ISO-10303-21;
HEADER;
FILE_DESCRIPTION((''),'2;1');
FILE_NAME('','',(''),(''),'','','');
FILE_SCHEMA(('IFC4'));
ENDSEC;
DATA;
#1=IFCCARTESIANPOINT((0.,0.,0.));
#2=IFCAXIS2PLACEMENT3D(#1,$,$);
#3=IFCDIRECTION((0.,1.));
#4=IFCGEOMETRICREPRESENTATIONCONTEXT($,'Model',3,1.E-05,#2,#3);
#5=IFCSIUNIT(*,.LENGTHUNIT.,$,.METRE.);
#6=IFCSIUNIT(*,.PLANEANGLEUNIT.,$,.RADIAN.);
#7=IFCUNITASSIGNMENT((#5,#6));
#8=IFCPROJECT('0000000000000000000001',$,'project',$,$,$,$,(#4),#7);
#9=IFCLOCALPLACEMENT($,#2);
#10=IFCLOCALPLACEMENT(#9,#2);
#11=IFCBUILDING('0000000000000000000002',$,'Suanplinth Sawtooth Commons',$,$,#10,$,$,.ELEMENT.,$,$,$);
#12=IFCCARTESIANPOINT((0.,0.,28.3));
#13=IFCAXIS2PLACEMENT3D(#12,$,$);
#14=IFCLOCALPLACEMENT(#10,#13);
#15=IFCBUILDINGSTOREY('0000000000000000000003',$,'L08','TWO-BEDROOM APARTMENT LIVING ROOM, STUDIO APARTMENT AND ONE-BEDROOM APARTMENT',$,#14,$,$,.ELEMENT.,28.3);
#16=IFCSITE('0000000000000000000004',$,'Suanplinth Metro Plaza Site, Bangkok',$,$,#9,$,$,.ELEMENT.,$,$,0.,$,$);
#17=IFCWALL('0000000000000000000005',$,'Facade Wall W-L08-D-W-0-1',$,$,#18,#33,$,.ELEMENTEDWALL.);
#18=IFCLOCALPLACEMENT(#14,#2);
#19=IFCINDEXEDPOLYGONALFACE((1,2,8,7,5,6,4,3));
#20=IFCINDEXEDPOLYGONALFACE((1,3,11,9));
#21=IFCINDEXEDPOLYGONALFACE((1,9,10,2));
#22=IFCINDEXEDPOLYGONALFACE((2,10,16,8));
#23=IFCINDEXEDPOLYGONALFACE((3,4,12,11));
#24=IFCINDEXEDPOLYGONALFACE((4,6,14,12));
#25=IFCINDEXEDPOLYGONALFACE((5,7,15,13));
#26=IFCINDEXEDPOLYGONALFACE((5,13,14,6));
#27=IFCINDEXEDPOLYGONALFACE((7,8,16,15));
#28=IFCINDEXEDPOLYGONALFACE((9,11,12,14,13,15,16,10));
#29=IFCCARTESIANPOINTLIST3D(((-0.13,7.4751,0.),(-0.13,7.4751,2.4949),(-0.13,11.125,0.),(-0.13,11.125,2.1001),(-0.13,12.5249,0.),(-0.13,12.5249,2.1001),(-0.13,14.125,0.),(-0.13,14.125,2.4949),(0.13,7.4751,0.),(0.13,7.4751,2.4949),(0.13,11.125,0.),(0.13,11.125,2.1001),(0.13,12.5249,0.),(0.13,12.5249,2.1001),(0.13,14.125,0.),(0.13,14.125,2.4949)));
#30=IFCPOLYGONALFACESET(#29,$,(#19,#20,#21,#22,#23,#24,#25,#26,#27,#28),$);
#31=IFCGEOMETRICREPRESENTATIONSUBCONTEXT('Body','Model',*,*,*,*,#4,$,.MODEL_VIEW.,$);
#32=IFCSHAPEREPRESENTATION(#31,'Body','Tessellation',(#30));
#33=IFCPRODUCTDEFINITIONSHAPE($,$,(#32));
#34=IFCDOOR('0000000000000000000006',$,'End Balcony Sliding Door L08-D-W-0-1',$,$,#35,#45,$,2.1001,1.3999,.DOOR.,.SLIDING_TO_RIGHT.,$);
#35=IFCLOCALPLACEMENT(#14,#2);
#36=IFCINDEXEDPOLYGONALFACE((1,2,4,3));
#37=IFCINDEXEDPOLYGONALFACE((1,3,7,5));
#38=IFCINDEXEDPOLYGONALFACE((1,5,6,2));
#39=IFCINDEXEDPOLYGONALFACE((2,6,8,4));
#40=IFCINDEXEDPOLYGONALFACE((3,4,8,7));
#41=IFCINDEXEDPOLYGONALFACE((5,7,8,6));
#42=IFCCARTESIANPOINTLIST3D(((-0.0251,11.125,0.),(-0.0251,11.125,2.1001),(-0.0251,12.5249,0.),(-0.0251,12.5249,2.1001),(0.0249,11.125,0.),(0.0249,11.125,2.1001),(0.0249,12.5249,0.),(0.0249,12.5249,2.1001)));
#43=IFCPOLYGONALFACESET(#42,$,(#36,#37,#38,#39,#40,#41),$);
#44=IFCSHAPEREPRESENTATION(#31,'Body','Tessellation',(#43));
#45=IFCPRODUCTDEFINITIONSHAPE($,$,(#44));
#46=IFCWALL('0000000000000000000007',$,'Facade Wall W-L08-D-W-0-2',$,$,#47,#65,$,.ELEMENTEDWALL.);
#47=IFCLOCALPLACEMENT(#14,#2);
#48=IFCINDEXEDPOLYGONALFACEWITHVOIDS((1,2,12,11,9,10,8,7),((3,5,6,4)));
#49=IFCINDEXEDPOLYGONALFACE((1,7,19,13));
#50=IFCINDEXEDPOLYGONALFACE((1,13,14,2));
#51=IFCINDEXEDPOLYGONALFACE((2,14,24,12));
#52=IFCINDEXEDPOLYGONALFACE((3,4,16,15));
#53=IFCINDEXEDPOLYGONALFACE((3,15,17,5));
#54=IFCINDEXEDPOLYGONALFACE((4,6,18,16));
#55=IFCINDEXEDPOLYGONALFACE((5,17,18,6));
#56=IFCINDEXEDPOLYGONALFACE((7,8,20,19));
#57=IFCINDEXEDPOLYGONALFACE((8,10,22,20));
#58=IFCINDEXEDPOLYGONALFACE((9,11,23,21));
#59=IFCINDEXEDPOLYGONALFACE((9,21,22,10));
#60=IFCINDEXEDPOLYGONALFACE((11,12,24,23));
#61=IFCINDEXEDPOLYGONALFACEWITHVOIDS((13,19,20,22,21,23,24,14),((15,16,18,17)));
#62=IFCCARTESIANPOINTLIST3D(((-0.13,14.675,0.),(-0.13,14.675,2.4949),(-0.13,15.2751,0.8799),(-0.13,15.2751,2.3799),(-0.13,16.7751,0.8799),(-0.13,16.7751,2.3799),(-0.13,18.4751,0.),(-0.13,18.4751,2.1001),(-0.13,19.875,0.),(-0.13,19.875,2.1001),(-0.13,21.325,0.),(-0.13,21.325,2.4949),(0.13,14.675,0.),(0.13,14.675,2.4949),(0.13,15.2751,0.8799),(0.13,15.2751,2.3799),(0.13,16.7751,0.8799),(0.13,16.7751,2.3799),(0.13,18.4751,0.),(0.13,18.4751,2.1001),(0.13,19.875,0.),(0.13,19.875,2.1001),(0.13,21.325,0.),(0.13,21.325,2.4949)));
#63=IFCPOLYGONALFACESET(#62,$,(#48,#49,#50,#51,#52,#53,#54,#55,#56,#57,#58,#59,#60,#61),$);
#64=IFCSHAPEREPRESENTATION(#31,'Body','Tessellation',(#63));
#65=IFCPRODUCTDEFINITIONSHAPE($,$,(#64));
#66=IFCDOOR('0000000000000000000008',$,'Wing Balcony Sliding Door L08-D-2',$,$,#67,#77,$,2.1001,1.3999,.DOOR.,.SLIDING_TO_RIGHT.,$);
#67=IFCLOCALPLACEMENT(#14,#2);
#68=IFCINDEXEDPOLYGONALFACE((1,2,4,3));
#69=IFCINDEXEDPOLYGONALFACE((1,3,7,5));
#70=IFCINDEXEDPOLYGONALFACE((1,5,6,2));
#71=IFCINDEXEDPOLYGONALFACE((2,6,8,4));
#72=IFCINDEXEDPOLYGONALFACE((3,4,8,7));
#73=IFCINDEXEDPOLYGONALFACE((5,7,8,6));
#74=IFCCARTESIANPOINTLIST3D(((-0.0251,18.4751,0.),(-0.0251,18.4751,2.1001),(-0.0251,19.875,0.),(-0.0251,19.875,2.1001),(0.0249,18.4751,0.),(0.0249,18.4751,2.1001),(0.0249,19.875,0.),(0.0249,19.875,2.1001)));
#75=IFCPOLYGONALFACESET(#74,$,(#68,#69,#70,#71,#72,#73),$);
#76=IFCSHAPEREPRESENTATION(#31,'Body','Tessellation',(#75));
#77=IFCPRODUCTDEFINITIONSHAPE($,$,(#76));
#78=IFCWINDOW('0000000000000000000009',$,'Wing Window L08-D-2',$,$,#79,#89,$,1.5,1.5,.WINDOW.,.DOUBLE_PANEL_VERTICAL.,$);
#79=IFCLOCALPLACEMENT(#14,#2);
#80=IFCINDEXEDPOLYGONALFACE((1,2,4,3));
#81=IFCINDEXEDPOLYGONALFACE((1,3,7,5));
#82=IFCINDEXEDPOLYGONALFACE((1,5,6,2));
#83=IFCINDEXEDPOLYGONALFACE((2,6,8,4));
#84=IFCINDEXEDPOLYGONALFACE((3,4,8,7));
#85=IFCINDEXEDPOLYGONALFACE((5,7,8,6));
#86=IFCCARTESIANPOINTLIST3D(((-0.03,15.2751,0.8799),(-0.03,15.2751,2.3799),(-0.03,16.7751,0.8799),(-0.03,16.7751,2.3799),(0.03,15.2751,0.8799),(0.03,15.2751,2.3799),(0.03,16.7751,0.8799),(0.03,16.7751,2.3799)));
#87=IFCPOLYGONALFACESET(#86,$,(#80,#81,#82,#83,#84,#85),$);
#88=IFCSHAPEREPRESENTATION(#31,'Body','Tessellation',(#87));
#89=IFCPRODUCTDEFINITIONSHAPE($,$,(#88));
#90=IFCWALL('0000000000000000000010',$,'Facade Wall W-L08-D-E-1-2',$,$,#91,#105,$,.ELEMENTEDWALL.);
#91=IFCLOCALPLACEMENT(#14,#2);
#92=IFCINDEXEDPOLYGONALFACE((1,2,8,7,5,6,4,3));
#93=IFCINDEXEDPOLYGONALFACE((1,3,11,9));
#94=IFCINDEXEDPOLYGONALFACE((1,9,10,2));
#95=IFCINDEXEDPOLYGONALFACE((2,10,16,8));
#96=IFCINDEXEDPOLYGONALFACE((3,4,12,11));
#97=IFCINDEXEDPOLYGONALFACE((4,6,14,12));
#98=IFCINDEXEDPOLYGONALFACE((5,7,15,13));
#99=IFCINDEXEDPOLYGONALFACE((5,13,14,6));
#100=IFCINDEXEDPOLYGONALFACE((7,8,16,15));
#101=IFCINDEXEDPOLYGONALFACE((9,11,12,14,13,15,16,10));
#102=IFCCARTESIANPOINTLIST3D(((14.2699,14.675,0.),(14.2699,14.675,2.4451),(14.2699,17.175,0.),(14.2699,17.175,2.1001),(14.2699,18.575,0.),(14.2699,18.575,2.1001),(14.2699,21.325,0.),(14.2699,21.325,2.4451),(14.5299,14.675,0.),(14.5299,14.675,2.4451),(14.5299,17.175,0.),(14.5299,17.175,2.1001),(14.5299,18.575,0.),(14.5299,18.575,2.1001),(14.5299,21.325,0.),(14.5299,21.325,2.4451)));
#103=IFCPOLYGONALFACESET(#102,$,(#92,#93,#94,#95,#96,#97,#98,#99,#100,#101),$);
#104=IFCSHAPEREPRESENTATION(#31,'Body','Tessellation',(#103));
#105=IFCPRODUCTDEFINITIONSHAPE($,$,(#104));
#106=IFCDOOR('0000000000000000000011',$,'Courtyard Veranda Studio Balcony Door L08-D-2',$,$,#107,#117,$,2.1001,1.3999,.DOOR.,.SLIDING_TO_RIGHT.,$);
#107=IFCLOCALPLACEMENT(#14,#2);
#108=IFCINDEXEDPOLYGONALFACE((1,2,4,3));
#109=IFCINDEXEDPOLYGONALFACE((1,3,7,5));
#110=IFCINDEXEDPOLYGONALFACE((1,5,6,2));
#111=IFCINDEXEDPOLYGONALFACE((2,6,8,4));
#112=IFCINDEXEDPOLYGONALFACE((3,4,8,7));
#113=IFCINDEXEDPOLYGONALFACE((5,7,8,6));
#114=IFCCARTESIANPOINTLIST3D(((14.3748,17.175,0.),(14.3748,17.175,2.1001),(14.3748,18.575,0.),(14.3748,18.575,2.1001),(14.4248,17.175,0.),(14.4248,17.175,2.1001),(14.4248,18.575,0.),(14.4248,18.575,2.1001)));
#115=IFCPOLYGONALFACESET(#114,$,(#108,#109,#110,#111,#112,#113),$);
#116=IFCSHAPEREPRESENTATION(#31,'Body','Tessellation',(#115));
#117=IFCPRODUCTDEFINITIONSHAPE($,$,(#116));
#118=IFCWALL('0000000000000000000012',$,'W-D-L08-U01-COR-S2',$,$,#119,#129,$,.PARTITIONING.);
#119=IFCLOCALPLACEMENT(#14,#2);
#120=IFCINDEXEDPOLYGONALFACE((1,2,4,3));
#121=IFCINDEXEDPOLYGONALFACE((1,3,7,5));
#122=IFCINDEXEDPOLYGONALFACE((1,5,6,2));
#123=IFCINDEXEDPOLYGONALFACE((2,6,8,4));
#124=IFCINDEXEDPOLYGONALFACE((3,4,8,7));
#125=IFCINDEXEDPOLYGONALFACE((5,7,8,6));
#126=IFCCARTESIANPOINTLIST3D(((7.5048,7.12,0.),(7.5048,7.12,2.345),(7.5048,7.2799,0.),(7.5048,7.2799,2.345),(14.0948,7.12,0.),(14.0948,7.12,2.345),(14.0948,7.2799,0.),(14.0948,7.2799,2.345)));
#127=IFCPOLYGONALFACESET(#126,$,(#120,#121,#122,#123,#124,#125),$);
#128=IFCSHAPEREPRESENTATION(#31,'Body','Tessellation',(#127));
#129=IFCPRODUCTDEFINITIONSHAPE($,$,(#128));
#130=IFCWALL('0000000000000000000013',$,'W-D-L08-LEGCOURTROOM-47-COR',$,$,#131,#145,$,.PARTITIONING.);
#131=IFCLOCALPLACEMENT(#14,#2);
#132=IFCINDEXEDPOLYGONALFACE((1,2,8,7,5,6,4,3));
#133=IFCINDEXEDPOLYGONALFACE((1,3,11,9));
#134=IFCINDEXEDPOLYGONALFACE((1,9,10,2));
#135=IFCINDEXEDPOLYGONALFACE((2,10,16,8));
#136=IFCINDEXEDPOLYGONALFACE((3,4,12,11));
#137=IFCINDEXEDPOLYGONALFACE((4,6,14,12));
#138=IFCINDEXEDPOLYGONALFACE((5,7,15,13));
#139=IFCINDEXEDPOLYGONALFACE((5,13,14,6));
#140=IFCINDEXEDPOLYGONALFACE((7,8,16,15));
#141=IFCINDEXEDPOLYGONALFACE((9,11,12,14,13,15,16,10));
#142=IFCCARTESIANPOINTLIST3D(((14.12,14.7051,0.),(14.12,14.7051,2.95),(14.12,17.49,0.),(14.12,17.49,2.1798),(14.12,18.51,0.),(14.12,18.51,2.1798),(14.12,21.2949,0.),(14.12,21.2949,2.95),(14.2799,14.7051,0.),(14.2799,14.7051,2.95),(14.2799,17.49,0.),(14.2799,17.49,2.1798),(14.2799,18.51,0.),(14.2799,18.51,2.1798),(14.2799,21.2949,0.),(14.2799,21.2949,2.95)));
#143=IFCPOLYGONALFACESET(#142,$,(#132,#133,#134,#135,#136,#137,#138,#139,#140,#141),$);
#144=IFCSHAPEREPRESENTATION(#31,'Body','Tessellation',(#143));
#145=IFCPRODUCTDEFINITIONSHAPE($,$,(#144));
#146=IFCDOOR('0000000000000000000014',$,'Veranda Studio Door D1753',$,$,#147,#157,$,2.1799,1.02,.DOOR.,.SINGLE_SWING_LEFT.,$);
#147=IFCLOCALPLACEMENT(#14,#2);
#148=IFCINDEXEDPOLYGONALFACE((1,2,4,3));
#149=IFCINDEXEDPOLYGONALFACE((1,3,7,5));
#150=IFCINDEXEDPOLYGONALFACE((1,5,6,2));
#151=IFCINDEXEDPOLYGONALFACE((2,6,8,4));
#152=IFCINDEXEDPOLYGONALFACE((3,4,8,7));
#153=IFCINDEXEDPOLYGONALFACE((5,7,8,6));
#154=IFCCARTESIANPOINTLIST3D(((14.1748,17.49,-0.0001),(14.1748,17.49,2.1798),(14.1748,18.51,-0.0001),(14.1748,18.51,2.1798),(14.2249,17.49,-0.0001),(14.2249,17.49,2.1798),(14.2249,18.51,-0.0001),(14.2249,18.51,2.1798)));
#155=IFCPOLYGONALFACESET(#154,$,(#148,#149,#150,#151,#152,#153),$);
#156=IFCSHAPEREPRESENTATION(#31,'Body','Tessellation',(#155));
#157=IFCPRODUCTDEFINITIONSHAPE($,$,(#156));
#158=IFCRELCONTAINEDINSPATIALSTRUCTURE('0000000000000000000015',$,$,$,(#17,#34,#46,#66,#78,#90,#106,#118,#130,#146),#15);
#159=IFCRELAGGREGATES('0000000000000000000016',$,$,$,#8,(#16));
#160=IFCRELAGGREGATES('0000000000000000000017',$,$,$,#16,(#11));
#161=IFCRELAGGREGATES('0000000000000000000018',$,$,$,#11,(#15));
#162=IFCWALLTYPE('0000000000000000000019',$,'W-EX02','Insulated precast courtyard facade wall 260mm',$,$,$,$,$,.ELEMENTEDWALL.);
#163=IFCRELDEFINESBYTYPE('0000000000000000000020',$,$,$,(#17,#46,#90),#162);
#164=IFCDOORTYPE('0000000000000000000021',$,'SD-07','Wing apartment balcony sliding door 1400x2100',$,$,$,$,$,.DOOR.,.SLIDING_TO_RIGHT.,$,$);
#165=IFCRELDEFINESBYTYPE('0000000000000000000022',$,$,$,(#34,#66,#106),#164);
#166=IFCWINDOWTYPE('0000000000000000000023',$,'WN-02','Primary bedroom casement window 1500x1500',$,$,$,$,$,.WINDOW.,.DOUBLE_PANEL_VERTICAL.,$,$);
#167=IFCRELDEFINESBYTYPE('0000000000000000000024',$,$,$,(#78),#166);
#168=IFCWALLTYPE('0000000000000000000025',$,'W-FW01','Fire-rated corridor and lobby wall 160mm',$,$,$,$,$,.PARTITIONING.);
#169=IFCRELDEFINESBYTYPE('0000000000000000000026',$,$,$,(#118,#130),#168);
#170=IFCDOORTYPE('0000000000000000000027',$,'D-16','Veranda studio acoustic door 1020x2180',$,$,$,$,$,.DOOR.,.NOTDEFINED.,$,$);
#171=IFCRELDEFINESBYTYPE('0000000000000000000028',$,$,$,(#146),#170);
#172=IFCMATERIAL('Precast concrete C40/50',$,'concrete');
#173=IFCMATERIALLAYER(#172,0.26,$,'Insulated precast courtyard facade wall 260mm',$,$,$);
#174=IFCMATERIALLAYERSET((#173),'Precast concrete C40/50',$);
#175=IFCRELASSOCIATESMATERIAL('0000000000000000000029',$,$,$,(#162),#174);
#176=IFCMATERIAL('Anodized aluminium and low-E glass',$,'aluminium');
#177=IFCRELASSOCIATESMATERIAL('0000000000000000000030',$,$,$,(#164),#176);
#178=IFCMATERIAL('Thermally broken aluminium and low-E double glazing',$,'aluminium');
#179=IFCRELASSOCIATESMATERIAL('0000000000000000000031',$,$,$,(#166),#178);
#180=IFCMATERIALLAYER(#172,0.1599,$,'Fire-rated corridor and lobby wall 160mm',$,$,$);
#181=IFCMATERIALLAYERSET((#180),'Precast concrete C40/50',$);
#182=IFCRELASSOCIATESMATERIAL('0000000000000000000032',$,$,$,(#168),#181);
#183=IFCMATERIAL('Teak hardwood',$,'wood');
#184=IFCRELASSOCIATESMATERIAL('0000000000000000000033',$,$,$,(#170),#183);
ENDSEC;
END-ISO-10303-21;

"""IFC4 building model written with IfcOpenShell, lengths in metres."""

from ifc_helpers import new_model, si_unit, direction, frame, frame_2d, origin, place, context, subcontext, project, spatial, rectangle, extrude, material, layer, layer_set, type_object, element, fill, save


model = new_model("IFC4")

# Units and contexts
model_context = context("Model", 3, precision=1e-05, world=origin(), true_north=direction((0.0, 1.0)))
body_context = subcontext(model_context, "Body", "Model", "MODEL_VIEW")
ifc_project = project(units=[si_unit("LENGTHUNIT", "METRE"), si_unit("PLANEANGLEUNIT", "RADIAN")], contexts=[model_context])

# Site, building, storey
site_placement = place(None, origin())
site = spatial("IfcSite", under=ifc_project, at=site_placement, Name="Suanplinth Metro Plaza Site, Bangkok", CompositionType="ELEMENT", RefElevation=0.0)
building_placement = place(site_placement, origin())
building = spatial("IfcBuilding", under=site, at=building_placement, Name="Suanplinth Sawtooth Commons", CompositionType="ELEMENT")
storey_placement = place(building_placement, frame((0.0, 0.0, 28.3)))
storey = spatial("IfcBuildingStorey", under=building, at=storey_placement, Name="L08", Description="TWO-BEDROOM APARTMENT LIVING ROOM, STUDIO APARTMENT AND ONE-BEDROOM APARTMENT", CompositionType="ELEMENT", Elevation=28.3)

# Shared definitions
ifc_material_1 = material(Name="Precast concrete C40/50", Category="concrete")

# Wall, opening, door
ifc_layer_1 = layer(ifc_material_1, 0.26, Name="Insulated precast courtyard facade wall 260mm")
ifc_layer_set_1 = layer_set([ifc_layer_1], Name="Precast concrete C40/50")
wall_type_1 = type_object("IfcWallType", Name="W-EX02", Description="Insulated precast courtyard facade wall 260mm", PredefinedType="ELEMENTEDWALL", material=ifc_layer_set_1)
wall_1_placement = place(storey_placement, frame((0.0, 7.4751, 0.0), z_axis=(0.0, 0.0, 1.0), x_axis=(0.0, 1.0, 0.0)))
wall_1 = element("IfcWall", 1, at=wall_1_placement, inside=storey, type_object=wall_type_1, Name="Facade Wall W-L08-D-W-0-1", PredefinedType="ELEMENTEDWALL", context=body_context, shape_type="SweptSolid", body=[
    extrude(rectangle(XDim=6.6499, YDim=0.26, at=frame_2d((3.325, 0.0))), origin(), (0.0, 0.0, 1.0), 2.4949),
])
opening_1_placement = place(wall_1_placement, frame((3.6499, 0.0, 0.0)))
opening_1 = element("IfcOpeningElement", 2, at=opening_1_placement, cuts=wall_1, PredefinedType="OPENING", context=body_context, shape_type="SweptSolid", body=[
    extrude(rectangle(XDim=1.3999, YDim=2.1001, at=frame_2d((0.7, 1.05))), frame((0.0, 0.145, 0.0), z_axis=(0.0, -1.0, 0.0), x_axis=(1.0, 0.0, 0.0)), (0.0, 0.0, 1.0), 0.2898),
])
ifc_material_2 = material(Name="Anodized aluminium and low-E glass", Category="aluminium")
door_type_1 = type_object("IfcDoorType", Name="SD-07", Description="Wing apartment balcony sliding door 1400x2100", OperationType="SLIDING_TO_RIGHT", PredefinedType="DOOR", material=ifc_material_2)
door_1_placement = place(opening_1_placement, frame((1.3999, 0.0, 0.0), z_axis=(0.0, 0.0, 1.0), x_axis=(-1.0, 0.0, 0.0)))
door_1 = element("IfcDoor", 3, at=door_1_placement, inside=storey, type_object=door_type_1, Name="End Balcony Sliding Door L08-D-W-0-1", OperationType="SLIDING_TO_RIGHT", OverallHeight=2.1001, OverallWidth=1.3999, PredefinedType="DOOR", context=body_context, shape_type="SweptSolid", body=[
    extrude(rectangle(XDim=1.3999, YDim=2.1001, at=frame_2d((0.7, 1.05))), frame((0.0, 0.0249, 0.0), z_axis=(0.0, -1.0, 0.0), x_axis=(1.0, 0.0, 0.0)), (0.0, 0.0, 1.0), 0.05),
])
fill(opening_1, door_1)

# Wall, openings, door, window
wall_2_placement = place(storey_placement, frame((0.0, 14.675, 0.0), z_axis=(0.0, 0.0, 1.0), x_axis=(0.0, 1.0, 0.0)))
wall_2 = element("IfcWall", 4, at=wall_2_placement, inside=storey, type_object=wall_type_1, Name="Facade Wall W-L08-D-W-0-2", PredefinedType="ELEMENTEDWALL", context=body_context, shape_type="SweptSolid", body=[
    extrude(rectangle(XDim=6.6499, YDim=0.26, at=frame_2d((3.325, 0.0))), origin(), (0.0, 0.0, 1.0), 2.4949),
])
opening_2_placement = place(wall_2_placement, frame((3.8, 0.0, 0.0)))
opening_2 = element("IfcOpeningElement", 5, at=opening_2_placement, cuts=wall_2, PredefinedType="OPENING", context=body_context, shape_type="SweptSolid", body=[
    extrude(rectangle(XDim=1.3999, YDim=2.1001, at=frame_2d((0.7, 1.05))), frame((0.0, 0.145, 0.0), z_axis=(0.0, -1.0, 0.0), x_axis=(1.0, 0.0, 0.0)), (0.0, 0.0, 1.0), 0.2898),
])
opening_3_placement = place(wall_2_placement, frame((0.6001, 0.0, 0.8799)))
opening_3 = element("IfcOpeningElement", 6, at=opening_3_placement, cuts=wall_2, PredefinedType="OPENING", context=body_context, shape_type="SweptSolid", body=[
    extrude(rectangle(XDim=1.5, YDim=1.5, at=frame_2d((0.75, 0.75))), frame((0.0, 0.145, 0.0), z_axis=(0.0, -1.0, 0.0), x_axis=(1.0, 0.0, 0.0)), (0.0, 0.0, 1.0), 0.2898),
])
door_2_placement = place(opening_2_placement, frame((1.3999, 0.0, 0.0), z_axis=(0.0, 0.0, 1.0), x_axis=(-1.0, 0.0, 0.0)))
door_2 = element("IfcDoor", 7, at=door_2_placement, inside=storey, type_object=door_type_1, Name="Wing Balcony Sliding Door L08-D-2", OperationType="SLIDING_TO_RIGHT", OverallHeight=2.1001, OverallWidth=1.3999, PredefinedType="DOOR", context=body_context, shape_type="SweptSolid", body=[
    extrude(rectangle(XDim=1.3999, YDim=2.1001, at=frame_2d((0.7, 1.05))), frame((0.0, 0.0249, 0.0), z_axis=(0.0, -1.0, 0.0), x_axis=(1.0, 0.0, 0.0)), (0.0, 0.0, 1.0), 0.05),
])
fill(opening_2, door_2)
ifc_material_3 = material(Name="Thermally broken aluminium and low-E double glazing", Category="aluminium")
window_type = type_object("IfcWindowType", Name="WN-02", Description="Primary bedroom casement window 1500x1500", PartitioningType="DOUBLE_PANEL_VERTICAL", PredefinedType="WINDOW", material=ifc_material_3)
window_placement = place(opening_3_placement, origin())
window = element("IfcWindow", 8, at=window_placement, inside=storey, type_object=window_type, Name="Wing Window L08-D-2", OverallHeight=1.5, OverallWidth=1.5, PartitioningType="DOUBLE_PANEL_VERTICAL", PredefinedType="WINDOW", context=body_context, shape_type="SweptSolid", body=[
    extrude(rectangle(XDim=1.5, YDim=1.5, at=frame_2d((0.75, 0.75))), frame((0.0, 0.03, 0.0), z_axis=(0.0, -1.0, 0.0), x_axis=(1.0, 0.0, 0.0)), (0.0, 0.0, 1.0), 0.0601),
])
fill(opening_3, window)

# Wall, opening, door
wall_3_placement = place(storey_placement, frame((14.3999, 14.675, 0.0), z_axis=(0.0, 0.0, 1.0), x_axis=(0.0, 1.0, 0.0)))
wall_3 = element("IfcWall", 9, at=wall_3_placement, inside=storey, type_object=wall_type_1, Name="Facade Wall W-L08-D-E-1-2", PredefinedType="ELEMENTEDWALL", context=body_context, shape_type="SweptSolid", body=[
    extrude(rectangle(XDim=6.6499, YDim=0.26, at=frame_2d((3.325, 0.0))), origin(), (0.0, 0.0, 1.0), 2.4451),
])
opening_4_placement = place(wall_3_placement, frame((2.5, 0.0, 0.0)))
opening_4 = element("IfcOpeningElement", 10, at=opening_4_placement, cuts=wall_3, PredefinedType="OPENING", context=body_context, shape_type="SweptSolid", body=[
    extrude(rectangle(XDim=1.3999, YDim=2.1001, at=frame_2d((0.7, 1.05))), frame((0.0, 0.145, 0.0), z_axis=(0.0, -1.0, 0.0), x_axis=(1.0, 0.0, 0.0)), (0.0, 0.0, 1.0), 0.2898),
])
door_3_placement = place(opening_4_placement, frame((1.3999, 0.0, 0.0), z_axis=(0.0, 0.0, 1.0), x_axis=(-1.0, 0.0, 0.0)))
door_3 = element("IfcDoor", 11, at=door_3_placement, inside=storey, type_object=door_type_1, Name="Courtyard Veranda Studio Balcony Door L08-D-2", OperationType="SLIDING_TO_RIGHT", OverallHeight=2.1001, OverallWidth=1.3999, PredefinedType="DOOR", context=body_context, shape_type="SweptSolid", body=[
    extrude(rectangle(XDim=1.3999, YDim=2.1001, at=frame_2d((0.7, 1.05))), frame((0.0, 0.0249, 0.0), z_axis=(0.0, -1.0, 0.0), x_axis=(1.0, 0.0, 0.0)), (0.0, 0.0, 1.0), 0.05),
])
fill(opening_4, door_3)

# Wall
ifc_layer_2 = layer(ifc_material_1, 0.1599, Name="Fire-rated corridor and lobby wall 160mm")
ifc_layer_set_2 = layer_set([ifc_layer_2], Name="Precast concrete C40/50")
wall_type_2 = type_object("IfcWallType", Name="W-FW01", Description="Fire-rated corridor and lobby wall 160mm", PredefinedType="PARTITIONING", material=ifc_layer_set_2)
wall_4_placement = place(storey_placement, frame((7.5049, 7.2, 0.0), z_axis=(0.0, 0.0, 1.0), x_axis=(1.0, 0.0, 0.0)))
element("IfcWall", 12, at=wall_4_placement, inside=storey, type_object=wall_type_2, Name="W-D-L08-U01-COR-S2", PredefinedType="PARTITIONING", context=body_context, shape_type="SweptSolid", body=[
    extrude(rectangle(XDim=6.5901, YDim=0.1599, at=frame_2d((3.2949, 0.0))), origin(), (0.0, 0.0, 1.0), 2.345),
])

# Wall, opening, door
wall_5_placement = place(storey_placement, frame((14.2, 14.7051, 0.0), z_axis=(0.0, 0.0, 1.0), x_axis=(0.0, 1.0, 0.0)))
wall_5 = element("IfcWall", 13, at=wall_5_placement, inside=storey, type_object=wall_type_2, Name="W-D-L08-LEGCOURTROOM-47-COR", PredefinedType="PARTITIONING", context=body_context, shape_type="SweptSolid", body=[
    extrude(rectangle(XDim=6.5898, YDim=0.1599, at=frame_2d((3.2949, 0.0))), origin(), (0.0, 0.0, 1.0), 2.95),
])
opening_5_placement = place(wall_5_placement, frame((2.7849, 0.0, 0.0)))
opening_5 = element("IfcOpeningElement", 14, at=opening_5_placement, cuts=wall_5, PredefinedType="OPENING", context=body_context, shape_type="SweptSolid", body=[
    extrude(rectangle(XDim=1.02, YDim=2.1799, at=frame_2d((0.51, 1.0898))), frame((0.0, 0.0947, 0.0), z_axis=(0.0, -1.0, 0.0), x_axis=(1.0, 0.0, 0.0)), (0.0, 0.0, 1.0), 0.1897),
])
ifc_material_4 = material(Name="Teak hardwood", Category="wood")
door_type_2 = type_object("IfcDoorType", Name="D-16", Description="Veranda studio acoustic door 1020x2180", OperationType="NOTDEFINED", PredefinedType="DOOR", material=ifc_material_4)
door_4_placement = place(opening_5_placement, frame((1.02, 0.0, 0.0), z_axis=(0.0, 0.0, 1.0), x_axis=(-1.0, 0.0, 0.0)))
door_4 = element("IfcDoor", 15, at=door_4_placement, inside=storey, type_object=door_type_2, Name="Veranda Studio Door D1753", OperationType="SINGLE_SWING_LEFT", OverallHeight=2.1799, OverallWidth=1.02, PredefinedType="DOOR", context=body_context, shape_type="SweptSolid", body=[
    extrude(rectangle(XDim=1.02, YDim=2.1799, at=frame_2d((0.51, 1.0898))), frame((0.0, 0.0249, 0.0), z_axis=(0.0, -1.0, 0.0), x_axis=(1.0, 0.0, 0.0)), (0.0, 0.0, 1.0), 0.05),
])
fill(opening_5, door_4)

save(model, "model.ifc")
